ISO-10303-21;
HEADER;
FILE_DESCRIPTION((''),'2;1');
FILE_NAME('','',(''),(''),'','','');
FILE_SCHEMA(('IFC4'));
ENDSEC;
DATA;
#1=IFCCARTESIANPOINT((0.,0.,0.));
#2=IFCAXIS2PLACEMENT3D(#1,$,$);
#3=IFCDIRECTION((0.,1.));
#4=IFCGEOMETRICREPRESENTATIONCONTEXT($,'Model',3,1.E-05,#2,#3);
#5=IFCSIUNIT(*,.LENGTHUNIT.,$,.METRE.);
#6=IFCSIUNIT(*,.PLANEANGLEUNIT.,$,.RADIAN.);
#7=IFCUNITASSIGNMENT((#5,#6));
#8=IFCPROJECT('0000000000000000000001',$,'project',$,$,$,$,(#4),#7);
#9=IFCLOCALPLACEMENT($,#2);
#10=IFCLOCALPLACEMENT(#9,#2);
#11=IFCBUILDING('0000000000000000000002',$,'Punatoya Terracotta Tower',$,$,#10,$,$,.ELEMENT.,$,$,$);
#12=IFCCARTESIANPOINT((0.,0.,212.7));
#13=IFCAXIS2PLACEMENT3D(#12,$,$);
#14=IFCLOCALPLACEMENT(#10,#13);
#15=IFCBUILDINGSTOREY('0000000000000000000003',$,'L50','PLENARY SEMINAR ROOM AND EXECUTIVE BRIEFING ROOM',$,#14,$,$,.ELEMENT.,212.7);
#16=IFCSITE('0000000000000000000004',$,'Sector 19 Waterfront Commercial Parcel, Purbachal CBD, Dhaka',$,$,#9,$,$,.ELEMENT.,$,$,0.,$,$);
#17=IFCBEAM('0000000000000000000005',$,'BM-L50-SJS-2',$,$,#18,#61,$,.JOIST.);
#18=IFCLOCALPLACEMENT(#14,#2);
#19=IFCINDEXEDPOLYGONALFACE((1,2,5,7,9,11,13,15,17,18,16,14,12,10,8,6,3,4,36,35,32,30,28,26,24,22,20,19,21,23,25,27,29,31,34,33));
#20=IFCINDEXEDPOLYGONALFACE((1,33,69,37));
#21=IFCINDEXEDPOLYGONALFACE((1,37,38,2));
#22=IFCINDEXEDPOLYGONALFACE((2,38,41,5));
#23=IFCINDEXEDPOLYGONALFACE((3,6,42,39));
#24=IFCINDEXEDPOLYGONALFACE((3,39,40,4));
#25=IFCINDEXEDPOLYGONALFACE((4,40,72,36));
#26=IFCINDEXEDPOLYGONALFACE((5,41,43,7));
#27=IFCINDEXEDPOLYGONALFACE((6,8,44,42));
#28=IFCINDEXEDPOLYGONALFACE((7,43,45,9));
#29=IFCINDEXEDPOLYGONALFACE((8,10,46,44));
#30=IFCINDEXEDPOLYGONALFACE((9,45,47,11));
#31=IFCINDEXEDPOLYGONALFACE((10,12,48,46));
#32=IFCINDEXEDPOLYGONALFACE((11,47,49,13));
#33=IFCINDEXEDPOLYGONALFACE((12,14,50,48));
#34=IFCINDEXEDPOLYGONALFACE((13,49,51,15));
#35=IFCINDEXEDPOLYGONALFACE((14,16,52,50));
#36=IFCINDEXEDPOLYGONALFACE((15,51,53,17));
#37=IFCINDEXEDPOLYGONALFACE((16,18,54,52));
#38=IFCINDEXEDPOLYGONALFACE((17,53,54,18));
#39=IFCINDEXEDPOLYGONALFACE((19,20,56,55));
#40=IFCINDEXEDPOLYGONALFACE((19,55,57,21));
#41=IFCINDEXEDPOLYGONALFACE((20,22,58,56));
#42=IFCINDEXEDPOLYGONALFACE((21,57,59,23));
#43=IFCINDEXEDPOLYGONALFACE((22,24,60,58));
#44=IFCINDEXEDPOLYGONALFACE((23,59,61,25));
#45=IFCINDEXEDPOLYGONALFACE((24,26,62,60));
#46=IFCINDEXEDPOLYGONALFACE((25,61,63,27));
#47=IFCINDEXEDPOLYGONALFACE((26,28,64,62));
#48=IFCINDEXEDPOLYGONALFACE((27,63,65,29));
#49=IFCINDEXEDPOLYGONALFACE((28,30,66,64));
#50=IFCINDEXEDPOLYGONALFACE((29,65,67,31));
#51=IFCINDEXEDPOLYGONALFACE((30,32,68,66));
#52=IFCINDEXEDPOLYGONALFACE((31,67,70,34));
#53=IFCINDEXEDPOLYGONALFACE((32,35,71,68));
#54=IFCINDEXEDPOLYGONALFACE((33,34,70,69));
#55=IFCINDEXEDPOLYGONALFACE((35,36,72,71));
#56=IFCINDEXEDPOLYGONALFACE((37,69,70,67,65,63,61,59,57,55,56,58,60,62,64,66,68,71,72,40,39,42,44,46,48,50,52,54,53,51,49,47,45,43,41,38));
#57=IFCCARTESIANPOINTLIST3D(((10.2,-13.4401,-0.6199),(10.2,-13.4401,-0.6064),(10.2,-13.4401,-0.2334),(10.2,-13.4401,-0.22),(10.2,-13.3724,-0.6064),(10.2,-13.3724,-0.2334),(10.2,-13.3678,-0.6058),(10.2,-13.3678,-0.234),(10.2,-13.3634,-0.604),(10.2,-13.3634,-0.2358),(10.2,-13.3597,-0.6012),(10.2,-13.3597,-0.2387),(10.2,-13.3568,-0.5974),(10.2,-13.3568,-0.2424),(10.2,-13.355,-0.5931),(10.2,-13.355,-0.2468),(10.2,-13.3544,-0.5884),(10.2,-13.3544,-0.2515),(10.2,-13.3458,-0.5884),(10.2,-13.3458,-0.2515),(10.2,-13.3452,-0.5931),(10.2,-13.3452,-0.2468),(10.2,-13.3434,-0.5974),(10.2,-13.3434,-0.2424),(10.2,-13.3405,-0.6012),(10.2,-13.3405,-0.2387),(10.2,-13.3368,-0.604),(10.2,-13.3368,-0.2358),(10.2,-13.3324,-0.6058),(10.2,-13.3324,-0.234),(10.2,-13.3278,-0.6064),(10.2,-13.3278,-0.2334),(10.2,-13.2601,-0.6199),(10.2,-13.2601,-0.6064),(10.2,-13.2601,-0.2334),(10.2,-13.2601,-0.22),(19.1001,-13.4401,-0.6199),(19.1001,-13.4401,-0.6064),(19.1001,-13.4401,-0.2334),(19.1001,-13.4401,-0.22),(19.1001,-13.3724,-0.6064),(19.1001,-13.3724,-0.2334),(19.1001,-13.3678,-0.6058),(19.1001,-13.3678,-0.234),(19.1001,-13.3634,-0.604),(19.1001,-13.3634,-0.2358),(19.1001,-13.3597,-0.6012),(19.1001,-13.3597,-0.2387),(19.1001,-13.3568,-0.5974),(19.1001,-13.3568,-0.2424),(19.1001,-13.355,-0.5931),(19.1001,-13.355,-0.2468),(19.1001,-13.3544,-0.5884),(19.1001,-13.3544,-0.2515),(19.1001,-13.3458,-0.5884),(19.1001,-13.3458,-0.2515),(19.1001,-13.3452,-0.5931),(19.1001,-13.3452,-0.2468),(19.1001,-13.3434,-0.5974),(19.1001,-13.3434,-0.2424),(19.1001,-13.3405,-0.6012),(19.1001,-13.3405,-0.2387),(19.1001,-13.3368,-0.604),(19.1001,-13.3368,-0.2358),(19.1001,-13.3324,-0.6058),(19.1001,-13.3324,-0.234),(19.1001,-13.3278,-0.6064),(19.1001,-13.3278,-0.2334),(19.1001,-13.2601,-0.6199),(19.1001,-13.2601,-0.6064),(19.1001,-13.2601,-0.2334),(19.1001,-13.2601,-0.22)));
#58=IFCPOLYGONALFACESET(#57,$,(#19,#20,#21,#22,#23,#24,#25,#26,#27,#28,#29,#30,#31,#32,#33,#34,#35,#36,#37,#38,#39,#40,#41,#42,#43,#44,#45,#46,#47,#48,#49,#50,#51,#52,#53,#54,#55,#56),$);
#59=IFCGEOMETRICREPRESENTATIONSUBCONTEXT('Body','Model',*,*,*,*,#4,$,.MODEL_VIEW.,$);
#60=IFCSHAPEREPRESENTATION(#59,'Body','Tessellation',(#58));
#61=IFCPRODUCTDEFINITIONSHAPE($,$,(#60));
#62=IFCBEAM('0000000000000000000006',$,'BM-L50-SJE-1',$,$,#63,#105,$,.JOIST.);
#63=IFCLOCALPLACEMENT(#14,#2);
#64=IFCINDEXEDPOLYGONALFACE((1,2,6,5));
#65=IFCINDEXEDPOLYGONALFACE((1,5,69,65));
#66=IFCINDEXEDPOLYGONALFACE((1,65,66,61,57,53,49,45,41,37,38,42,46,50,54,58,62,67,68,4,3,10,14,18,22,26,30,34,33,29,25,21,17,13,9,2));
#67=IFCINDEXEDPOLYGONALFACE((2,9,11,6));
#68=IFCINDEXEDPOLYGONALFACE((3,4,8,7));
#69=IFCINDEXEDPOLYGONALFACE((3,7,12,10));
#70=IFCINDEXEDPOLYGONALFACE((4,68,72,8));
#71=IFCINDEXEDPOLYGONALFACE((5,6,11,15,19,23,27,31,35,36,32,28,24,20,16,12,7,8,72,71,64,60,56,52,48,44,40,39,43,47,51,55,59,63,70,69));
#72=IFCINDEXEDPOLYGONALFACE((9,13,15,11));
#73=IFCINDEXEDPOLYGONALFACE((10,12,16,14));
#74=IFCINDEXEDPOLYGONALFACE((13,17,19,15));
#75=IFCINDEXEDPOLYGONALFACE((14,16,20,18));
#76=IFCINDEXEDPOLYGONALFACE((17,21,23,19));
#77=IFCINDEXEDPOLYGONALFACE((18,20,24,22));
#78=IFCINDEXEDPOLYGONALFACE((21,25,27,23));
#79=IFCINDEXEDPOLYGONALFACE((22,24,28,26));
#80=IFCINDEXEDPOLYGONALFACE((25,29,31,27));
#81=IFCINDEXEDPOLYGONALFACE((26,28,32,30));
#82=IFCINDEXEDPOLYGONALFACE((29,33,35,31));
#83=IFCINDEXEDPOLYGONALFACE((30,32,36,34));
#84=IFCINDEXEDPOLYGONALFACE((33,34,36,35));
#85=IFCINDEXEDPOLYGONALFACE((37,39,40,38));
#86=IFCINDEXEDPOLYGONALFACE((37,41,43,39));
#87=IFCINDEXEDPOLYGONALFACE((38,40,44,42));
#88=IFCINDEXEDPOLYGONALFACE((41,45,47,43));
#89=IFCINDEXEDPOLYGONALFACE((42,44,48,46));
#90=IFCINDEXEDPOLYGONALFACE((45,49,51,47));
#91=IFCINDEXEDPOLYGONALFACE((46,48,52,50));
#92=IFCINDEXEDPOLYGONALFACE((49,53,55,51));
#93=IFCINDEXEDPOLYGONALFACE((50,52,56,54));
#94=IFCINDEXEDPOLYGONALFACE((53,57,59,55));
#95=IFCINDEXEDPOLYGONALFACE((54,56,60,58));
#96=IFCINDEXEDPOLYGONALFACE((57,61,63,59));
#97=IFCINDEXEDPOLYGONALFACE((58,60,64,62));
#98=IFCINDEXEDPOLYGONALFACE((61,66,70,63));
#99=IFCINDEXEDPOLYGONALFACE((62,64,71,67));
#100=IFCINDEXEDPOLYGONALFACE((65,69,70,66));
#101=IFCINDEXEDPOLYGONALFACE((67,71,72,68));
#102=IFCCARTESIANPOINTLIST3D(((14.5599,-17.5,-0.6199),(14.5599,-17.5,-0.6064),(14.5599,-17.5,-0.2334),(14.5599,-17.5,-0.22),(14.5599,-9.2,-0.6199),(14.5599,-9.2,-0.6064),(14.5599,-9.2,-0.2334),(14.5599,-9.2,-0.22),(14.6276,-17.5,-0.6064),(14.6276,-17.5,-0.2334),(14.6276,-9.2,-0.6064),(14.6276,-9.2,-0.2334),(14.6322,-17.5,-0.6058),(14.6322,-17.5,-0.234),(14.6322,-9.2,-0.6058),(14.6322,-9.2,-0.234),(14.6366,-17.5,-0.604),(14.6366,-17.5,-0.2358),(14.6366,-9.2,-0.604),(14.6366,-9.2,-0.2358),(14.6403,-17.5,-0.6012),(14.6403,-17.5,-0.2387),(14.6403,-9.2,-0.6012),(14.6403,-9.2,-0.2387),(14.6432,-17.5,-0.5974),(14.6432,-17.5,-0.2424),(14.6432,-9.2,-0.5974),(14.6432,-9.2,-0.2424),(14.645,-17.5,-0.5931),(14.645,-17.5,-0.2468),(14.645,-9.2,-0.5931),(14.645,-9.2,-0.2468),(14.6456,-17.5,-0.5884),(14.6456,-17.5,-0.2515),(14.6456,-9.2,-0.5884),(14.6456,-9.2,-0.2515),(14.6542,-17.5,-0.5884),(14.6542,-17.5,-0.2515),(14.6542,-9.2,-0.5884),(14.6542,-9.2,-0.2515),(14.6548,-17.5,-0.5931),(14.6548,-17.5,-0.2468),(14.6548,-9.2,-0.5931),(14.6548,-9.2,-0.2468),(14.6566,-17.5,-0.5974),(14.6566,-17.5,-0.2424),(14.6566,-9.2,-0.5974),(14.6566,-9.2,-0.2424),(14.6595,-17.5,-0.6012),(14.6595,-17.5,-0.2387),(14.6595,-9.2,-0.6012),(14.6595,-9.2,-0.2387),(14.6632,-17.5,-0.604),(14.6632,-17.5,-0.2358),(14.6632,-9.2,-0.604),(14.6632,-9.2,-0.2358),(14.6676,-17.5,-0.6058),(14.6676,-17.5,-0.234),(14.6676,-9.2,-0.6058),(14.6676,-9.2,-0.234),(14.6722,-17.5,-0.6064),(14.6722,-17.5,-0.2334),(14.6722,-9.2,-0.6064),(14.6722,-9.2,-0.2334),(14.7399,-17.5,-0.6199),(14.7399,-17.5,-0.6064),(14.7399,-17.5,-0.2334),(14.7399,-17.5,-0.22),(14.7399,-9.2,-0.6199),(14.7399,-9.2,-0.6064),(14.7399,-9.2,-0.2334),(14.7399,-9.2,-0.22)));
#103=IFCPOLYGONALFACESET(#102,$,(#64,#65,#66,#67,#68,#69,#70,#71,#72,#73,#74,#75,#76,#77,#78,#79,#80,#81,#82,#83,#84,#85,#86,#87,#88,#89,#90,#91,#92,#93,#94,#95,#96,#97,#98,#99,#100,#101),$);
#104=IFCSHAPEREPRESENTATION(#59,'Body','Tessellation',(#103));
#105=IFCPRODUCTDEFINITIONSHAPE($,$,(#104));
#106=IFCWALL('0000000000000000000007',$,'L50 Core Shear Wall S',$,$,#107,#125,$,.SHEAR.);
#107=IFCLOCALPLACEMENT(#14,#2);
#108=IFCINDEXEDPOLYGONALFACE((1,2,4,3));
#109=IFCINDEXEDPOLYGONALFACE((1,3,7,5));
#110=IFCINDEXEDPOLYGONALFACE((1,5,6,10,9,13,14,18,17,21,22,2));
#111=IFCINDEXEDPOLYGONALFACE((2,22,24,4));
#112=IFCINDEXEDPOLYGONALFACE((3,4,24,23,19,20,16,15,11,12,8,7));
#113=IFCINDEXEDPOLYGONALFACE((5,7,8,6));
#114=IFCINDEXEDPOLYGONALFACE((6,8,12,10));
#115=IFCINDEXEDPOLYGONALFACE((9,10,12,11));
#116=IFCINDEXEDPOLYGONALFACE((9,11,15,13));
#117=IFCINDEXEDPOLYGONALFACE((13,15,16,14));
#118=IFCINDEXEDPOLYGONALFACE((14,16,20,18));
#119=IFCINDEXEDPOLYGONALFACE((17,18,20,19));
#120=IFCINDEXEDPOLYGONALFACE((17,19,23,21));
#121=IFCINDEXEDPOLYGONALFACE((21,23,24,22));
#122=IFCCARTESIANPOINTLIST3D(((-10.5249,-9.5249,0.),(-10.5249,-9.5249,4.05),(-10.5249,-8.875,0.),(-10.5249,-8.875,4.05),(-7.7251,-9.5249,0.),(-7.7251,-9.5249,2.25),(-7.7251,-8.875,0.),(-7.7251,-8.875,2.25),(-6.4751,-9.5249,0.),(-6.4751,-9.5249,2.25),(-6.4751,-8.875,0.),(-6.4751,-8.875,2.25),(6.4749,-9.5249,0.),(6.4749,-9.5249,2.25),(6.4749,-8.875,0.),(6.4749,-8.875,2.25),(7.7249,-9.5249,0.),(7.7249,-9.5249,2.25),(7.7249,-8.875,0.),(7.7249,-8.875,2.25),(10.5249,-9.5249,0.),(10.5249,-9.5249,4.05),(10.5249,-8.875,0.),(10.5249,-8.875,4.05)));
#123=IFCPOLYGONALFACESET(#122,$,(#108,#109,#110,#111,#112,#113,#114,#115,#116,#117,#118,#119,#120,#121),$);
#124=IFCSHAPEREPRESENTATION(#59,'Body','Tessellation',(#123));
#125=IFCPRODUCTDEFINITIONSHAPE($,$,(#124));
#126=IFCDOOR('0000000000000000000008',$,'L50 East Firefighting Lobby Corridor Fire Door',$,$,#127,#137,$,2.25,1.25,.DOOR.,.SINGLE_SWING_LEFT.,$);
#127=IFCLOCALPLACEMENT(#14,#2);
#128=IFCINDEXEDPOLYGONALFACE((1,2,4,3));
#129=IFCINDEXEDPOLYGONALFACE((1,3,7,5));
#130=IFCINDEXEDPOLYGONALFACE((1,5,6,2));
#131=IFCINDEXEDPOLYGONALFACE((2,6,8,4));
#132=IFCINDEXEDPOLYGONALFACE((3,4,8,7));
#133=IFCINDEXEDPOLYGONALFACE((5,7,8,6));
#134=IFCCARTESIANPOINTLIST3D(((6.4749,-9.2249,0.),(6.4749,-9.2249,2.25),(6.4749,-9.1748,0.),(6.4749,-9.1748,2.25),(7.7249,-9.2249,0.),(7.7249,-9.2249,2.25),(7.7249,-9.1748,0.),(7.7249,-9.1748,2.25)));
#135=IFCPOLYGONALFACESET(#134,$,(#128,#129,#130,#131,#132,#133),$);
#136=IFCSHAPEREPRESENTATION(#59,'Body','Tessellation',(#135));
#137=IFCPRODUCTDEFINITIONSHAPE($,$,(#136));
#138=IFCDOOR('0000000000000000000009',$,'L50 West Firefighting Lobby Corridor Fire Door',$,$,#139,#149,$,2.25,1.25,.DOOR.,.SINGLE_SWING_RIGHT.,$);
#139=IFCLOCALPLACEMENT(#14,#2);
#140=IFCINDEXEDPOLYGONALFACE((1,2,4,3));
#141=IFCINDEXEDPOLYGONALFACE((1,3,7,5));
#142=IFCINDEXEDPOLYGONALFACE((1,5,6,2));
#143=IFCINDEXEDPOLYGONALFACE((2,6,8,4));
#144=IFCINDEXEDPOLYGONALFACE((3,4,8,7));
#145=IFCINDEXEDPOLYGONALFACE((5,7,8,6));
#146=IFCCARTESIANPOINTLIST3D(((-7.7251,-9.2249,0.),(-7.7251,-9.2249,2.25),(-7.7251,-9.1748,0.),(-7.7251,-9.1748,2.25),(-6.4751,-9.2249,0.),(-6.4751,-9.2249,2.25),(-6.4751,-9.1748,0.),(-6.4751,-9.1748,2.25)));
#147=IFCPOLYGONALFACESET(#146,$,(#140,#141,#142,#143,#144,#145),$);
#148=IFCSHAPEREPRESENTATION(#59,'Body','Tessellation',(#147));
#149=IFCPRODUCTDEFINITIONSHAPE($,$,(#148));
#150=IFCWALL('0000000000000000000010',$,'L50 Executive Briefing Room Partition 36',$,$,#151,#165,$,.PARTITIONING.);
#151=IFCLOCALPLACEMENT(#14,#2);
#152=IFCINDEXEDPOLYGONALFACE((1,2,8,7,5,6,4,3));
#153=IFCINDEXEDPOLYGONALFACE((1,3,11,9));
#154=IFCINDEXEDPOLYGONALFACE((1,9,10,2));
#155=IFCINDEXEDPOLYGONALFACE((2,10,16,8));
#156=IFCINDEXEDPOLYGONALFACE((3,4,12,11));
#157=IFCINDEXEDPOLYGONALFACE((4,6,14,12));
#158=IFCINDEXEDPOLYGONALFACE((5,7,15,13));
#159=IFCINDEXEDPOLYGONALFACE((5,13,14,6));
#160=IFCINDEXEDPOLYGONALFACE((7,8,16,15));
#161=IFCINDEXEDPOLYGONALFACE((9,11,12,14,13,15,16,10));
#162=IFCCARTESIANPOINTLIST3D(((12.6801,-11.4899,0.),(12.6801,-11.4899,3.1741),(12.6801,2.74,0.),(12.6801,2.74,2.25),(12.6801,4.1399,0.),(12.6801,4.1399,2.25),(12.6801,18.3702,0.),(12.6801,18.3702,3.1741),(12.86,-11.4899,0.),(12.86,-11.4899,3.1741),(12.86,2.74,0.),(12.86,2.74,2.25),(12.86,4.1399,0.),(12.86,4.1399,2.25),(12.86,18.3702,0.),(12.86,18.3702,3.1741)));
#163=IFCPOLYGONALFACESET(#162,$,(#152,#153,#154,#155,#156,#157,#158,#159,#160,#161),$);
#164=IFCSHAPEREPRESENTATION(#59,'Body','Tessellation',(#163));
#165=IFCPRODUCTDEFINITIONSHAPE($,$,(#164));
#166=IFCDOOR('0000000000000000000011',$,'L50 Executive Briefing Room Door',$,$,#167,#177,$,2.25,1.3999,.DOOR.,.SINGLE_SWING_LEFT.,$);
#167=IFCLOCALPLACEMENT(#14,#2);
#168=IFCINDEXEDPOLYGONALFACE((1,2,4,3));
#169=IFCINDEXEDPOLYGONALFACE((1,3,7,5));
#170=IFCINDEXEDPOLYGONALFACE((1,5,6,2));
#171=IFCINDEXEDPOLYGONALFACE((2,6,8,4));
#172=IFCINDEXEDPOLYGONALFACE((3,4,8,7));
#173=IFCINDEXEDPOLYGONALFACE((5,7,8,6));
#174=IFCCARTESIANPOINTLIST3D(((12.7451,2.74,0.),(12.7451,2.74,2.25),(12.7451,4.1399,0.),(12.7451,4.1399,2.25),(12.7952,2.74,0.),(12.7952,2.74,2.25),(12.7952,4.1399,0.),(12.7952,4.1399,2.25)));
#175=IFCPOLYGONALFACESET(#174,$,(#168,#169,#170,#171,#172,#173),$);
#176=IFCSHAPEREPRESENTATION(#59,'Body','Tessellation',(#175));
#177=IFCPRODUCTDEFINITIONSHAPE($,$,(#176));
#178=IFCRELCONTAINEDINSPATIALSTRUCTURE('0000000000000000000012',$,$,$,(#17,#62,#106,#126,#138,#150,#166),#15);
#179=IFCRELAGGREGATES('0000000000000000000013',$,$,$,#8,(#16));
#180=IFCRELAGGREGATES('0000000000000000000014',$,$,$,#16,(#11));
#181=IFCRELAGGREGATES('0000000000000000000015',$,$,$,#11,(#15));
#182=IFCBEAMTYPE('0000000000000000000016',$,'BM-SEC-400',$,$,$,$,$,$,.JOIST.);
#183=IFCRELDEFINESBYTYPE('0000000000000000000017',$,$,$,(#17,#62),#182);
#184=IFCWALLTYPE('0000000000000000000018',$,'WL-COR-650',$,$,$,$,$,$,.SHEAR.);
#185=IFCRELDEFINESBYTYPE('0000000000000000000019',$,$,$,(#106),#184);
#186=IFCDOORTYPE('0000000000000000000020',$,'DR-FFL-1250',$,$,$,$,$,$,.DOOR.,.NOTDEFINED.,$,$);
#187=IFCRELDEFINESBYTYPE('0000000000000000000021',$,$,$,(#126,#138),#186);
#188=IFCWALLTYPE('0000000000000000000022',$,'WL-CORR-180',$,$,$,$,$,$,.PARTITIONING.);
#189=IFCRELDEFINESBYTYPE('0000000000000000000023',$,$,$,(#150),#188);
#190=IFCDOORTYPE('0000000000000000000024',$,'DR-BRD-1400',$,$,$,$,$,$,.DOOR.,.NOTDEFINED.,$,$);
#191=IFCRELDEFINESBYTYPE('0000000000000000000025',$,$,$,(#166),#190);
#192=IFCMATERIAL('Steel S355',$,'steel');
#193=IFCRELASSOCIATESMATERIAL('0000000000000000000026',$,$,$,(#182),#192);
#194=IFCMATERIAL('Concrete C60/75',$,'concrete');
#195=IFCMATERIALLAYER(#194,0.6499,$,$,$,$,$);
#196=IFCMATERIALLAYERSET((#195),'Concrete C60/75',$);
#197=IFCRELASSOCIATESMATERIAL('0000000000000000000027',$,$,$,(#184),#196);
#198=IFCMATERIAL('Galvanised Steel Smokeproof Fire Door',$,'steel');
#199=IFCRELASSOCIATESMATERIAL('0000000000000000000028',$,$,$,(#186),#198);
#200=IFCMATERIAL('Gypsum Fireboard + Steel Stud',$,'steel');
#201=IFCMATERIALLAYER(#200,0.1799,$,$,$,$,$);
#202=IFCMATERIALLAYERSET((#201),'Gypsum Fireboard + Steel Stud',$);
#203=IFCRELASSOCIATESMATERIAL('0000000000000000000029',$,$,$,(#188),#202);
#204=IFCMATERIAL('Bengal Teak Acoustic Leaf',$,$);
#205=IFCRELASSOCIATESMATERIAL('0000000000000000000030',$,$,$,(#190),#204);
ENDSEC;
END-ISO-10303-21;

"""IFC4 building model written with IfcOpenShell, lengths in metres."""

from ifc_helpers import new_model, si_unit, direction, frame, frame_2d, origin, origin_2d, place, context, subcontext, project, spatial, rectangle, i_section, extrude, material, layer, layer_set, material_profile, profile_set, type_object, element, fill, save


model = new_model("IFC4")

# Units and contexts
model_context = context("Model", 3, precision=1e-05, world=origin(), true_north=direction((0.0, 1.0)))
body_context = subcontext(model_context, "Body", "Model", "MODEL_VIEW")
ifc_project = project(units=[si_unit("LENGTHUNIT", "METRE"), si_unit("PLANEANGLEUNIT", "RADIAN")], contexts=[model_context])

# Site, building, storey
site_placement = place(None, origin())
site = spatial("IfcSite", under=ifc_project, at=site_placement, Name="Sector 19 Waterfront Commercial Parcel, Purbachal CBD, Dhaka", CompositionType="ELEMENT", RefElevation=0.0)
building_placement = place(site_placement, origin())
building = spatial("IfcBuilding", under=site, at=building_placement, Name="Punatoya Terracotta Tower", CompositionType="ELEMENT")
storey_placement = place(building_placement, frame((0.0, 0.0, 212.7)))
storey = spatial("IfcBuildingStorey", under=building, at=storey_placement, Name="L50", Description="PLENARY SEMINAR ROOM AND EXECUTIVE BRIEFING ROOM", CompositionType="ELEMENT", Elevation=212.7)

# Beams
ifc_material_1 = material(Name="Steel S355", Category="steel")
ifc_material_profile_1 = material_profile(ifc_material_1, i_section(OverallWidth=0.1799, OverallDepth=0.3999, WebThickness=0.0085, FlangeThickness=0.0134, FilletRadius=0.0181, at=origin_2d()))
ifc_profile_set_1 = profile_set([ifc_material_profile_1], Name="Steel S355")
beam_type_1 = type_object("IfcBeamType", Name="BM-SEC-400", PredefinedType="JOIST", material=ifc_profile_set_1)
beam_1_placement = place(storey_placement, frame((10.2, -13.3501, -0.4199), z_axis=(1.0, 0.0, 0.0), x_axis=(0.0, 1.0, 0.0)))
element("IfcBeam", 1, at=beam_1_placement, inside=storey, type_object=beam_type_1, Name="BM-L50-SJS-2", PredefinedType="JOIST", context=body_context, shape_type="SweptSolid", body=[
    extrude(i_section(OverallWidth=0.1799, OverallDepth=0.3999, WebThickness=0.0085, FlangeThickness=0.0134, FilletRadius=0.0181, at=origin_2d()), origin(), (0.0, 0.0, 1.0), 8.9001),
])
beam_2_placement = place(storey_placement, frame((14.6499, -17.5, -0.4199), z_axis=(0.0, 1.0, 0.0), x_axis=(-1.0, 0.0, 0.0)))
element("IfcBeam", 2, at=beam_2_placement, inside=storey, type_object=beam_type_1, Name="BM-L50-SJE-1", PredefinedType="JOIST", context=body_context, shape_type="SweptSolid", body=[
    extrude(i_section(OverallWidth=0.1799, OverallDepth=0.3999, WebThickness=0.0085, FlangeThickness=0.0134, FilletRadius=0.0181, at=origin_2d()), origin(), (0.0, 0.0, 1.0), 8.3),
])

# Wall, openings, doors
ifc_material_2 = material(Name="Concrete C60/75", Category="concrete")
ifc_layer_1 = layer(ifc_material_2, 0.6499)
ifc_layer_set_1 = layer_set([ifc_layer_1], Name="Concrete C60/75")
wall_type_1 = type_object("IfcWallType", Name="WL-COR-650", PredefinedType="SHEAR", material=ifc_layer_set_1)
wall_1_placement = place(storey_placement, frame((10.5249, -9.2, 0.0), z_axis=(0.0, 0.0, 1.0), x_axis=(-1.0, 0.0, 0.0)))
wall_1 = element("IfcWall", 3, at=wall_1_placement, inside=storey, type_object=wall_type_1, Name="L50 Core Shear Wall S", PredefinedType="SHEAR", context=body_context, shape_type="SweptSolid", body=[
    extrude(rectangle(XDim=21.0498, YDim=0.6499, at=frame_2d((10.5249, 0.0))), origin(), (0.0, 0.0, 1.0), 4.05),
])
opening_1_placement = place(wall_1_placement, frame((2.8, 0.0, 0.0)))
opening_1 = element("IfcOpeningElement", 4, at=opening_1_placement, cuts=wall_1, PredefinedType="OPENING", context=body_context, shape_type="SweptSolid", body=[
    extrude(rectangle(XDim=1.25, YDim=2.25, at=frame_2d((0.625, 1.125))), frame((0.0, 0.335, 0.0), z_axis=(0.0, -1.0, 0.0), x_axis=(1.0, 0.0, 0.0)), (0.0, 0.0, 1.0), 0.6699),
])
opening_2_placement = place(wall_1_placement, frame((17.0, 0.0, 0.0)))
opening_2 = element("IfcOpeningElement", 5, at=opening_2_placement, cuts=wall_1, PredefinedType="OPENING", context=body_context, shape_type="SweptSolid", body=[
    extrude(rectangle(XDim=1.25, YDim=2.25, at=frame_2d((0.625, 1.125))), frame((0.0, 0.335, 0.0), z_axis=(0.0, -1.0, 0.0), x_axis=(1.0, 0.0, 0.0)), (0.0, 0.0, 1.0), 0.6699),
])
ifc_material_3 = material(Name="Galvanised Steel Smokeproof Fire Door", Category="steel")
door_type_1 = type_object("IfcDoorType", Name="DR-FFL-1250", OperationType="NOTDEFINED", PredefinedType="DOOR", material=ifc_material_3)
door_1_placement = place(opening_1_placement, origin())
door_1 = element("IfcDoor", 6, at=door_1_placement, inside=storey, type_object=door_type_1, Name="L50 East Firefighting Lobby Corridor Fire Door", OperationType="SINGLE_SWING_LEFT", OverallHeight=2.25, OverallWidth=1.25, PredefinedType="DOOR", context=body_context, shape_type="SweptSolid", body=[
    extrude(rectangle(XDim=1.25, YDim=2.25, at=frame_2d((0.625, 1.125))), frame((0.0, 0.0249, 0.0), z_axis=(0.0, -1.0, 0.0), x_axis=(1.0, 0.0, 0.0)), (0.0, 0.0, 1.0), 0.05),
])
fill(opening_1, door_1)
door_2_placement = place(opening_2_placement, origin())
door_2 = element("IfcDoor", 7, at=door_2_placement, inside=storey, type_object=door_type_1, Name="L50 West Firefighting Lobby Corridor Fire Door", OperationType="SINGLE_SWING_RIGHT", OverallHeight=2.25, OverallWidth=1.25, PredefinedType="DOOR", context=body_context, shape_type="SweptSolid", body=[
    extrude(rectangle(XDim=1.25, YDim=2.25, at=frame_2d((0.625, 1.125))), frame((0.0, 0.0249, 0.0), z_axis=(0.0, -1.0, 0.0), x_axis=(1.0, 0.0, 0.0)), (0.0, 0.0, 1.0), 0.05),
])
fill(opening_2, door_2)

# Wall, opening, door
ifc_material_4 = material(Name="Gypsum Fireboard + Steel Stud", Category="steel")
ifc_layer_2 = layer(ifc_material_4, 0.1799)
ifc_layer_set_2 = layer_set([ifc_layer_2], Name="Gypsum Fireboard + Steel Stud")
wall_type_2 = type_object("IfcWallType", Name="WL-CORR-180", PredefinedType="PARTITIONING", material=ifc_layer_set_2)
wall_2_placement = place(storey_placement, frame((12.77, -11.49, 0.0), z_axis=(0.0, 0.0, 1.0), x_axis=(0.0, 1.0, 0.0)))
wall_2 = element("IfcWall", 8, at=wall_2_placement, inside=storey, type_object=wall_type_2, Name="L50 Executive Briefing Room Partition 36", PredefinedType="PARTITIONING", context=body_context, shape_type="SweptSolid", body=[
    extrude(rectangle(XDim=29.8601, YDim=0.1799, at=frame_2d((14.9302, 0.0))), origin(), (0.0, 0.0, 1.0), 3.1741),
])
opening_3_placement = place(wall_2_placement, frame((14.23, 0.0, 0.0)))
opening_3 = element("IfcOpeningElement", 9, at=opening_3_placement, cuts=wall_2, PredefinedType="OPENING", context=body_context, shape_type="SweptSolid", body=[
    extrude(rectangle(XDim=1.3999, YDim=2.25, at=frame_2d((0.7, 1.125))), frame((0.0, 0.0999, 0.0), z_axis=(0.0, -1.0, 0.0), x_axis=(1.0, 0.0, 0.0)), (0.0, 0.0, 1.0), 0.2),
])
ifc_material_5 = material(Name="Bengal Teak Acoustic Leaf")
door_type_2 = type_object("IfcDoorType", Name="DR-BRD-1400", OperationType="NOTDEFINED", PredefinedType="DOOR", material=ifc_material_5)
door_3_placement = place(opening_3_placement, origin())
door_3 = element("IfcDoor", 10, at=door_3_placement, inside=storey, type_object=door_type_2, Name="L50 Executive Briefing Room Door", OperationType="SINGLE_SWING_LEFT", OverallHeight=2.25, OverallWidth=1.3999, PredefinedType="DOOR", context=body_context, shape_type="SweptSolid", body=[
    extrude(rectangle(XDim=1.3999, YDim=2.25, at=frame_2d((0.7, 1.125))), frame((0.0, 0.0249, 0.0), z_axis=(0.0, -1.0, 0.0), x_axis=(1.0, 0.0, 0.0)), (0.0, 0.0, 1.0), 0.05),
])
fill(opening_3, door_3)

save(model, "model.ifc")
